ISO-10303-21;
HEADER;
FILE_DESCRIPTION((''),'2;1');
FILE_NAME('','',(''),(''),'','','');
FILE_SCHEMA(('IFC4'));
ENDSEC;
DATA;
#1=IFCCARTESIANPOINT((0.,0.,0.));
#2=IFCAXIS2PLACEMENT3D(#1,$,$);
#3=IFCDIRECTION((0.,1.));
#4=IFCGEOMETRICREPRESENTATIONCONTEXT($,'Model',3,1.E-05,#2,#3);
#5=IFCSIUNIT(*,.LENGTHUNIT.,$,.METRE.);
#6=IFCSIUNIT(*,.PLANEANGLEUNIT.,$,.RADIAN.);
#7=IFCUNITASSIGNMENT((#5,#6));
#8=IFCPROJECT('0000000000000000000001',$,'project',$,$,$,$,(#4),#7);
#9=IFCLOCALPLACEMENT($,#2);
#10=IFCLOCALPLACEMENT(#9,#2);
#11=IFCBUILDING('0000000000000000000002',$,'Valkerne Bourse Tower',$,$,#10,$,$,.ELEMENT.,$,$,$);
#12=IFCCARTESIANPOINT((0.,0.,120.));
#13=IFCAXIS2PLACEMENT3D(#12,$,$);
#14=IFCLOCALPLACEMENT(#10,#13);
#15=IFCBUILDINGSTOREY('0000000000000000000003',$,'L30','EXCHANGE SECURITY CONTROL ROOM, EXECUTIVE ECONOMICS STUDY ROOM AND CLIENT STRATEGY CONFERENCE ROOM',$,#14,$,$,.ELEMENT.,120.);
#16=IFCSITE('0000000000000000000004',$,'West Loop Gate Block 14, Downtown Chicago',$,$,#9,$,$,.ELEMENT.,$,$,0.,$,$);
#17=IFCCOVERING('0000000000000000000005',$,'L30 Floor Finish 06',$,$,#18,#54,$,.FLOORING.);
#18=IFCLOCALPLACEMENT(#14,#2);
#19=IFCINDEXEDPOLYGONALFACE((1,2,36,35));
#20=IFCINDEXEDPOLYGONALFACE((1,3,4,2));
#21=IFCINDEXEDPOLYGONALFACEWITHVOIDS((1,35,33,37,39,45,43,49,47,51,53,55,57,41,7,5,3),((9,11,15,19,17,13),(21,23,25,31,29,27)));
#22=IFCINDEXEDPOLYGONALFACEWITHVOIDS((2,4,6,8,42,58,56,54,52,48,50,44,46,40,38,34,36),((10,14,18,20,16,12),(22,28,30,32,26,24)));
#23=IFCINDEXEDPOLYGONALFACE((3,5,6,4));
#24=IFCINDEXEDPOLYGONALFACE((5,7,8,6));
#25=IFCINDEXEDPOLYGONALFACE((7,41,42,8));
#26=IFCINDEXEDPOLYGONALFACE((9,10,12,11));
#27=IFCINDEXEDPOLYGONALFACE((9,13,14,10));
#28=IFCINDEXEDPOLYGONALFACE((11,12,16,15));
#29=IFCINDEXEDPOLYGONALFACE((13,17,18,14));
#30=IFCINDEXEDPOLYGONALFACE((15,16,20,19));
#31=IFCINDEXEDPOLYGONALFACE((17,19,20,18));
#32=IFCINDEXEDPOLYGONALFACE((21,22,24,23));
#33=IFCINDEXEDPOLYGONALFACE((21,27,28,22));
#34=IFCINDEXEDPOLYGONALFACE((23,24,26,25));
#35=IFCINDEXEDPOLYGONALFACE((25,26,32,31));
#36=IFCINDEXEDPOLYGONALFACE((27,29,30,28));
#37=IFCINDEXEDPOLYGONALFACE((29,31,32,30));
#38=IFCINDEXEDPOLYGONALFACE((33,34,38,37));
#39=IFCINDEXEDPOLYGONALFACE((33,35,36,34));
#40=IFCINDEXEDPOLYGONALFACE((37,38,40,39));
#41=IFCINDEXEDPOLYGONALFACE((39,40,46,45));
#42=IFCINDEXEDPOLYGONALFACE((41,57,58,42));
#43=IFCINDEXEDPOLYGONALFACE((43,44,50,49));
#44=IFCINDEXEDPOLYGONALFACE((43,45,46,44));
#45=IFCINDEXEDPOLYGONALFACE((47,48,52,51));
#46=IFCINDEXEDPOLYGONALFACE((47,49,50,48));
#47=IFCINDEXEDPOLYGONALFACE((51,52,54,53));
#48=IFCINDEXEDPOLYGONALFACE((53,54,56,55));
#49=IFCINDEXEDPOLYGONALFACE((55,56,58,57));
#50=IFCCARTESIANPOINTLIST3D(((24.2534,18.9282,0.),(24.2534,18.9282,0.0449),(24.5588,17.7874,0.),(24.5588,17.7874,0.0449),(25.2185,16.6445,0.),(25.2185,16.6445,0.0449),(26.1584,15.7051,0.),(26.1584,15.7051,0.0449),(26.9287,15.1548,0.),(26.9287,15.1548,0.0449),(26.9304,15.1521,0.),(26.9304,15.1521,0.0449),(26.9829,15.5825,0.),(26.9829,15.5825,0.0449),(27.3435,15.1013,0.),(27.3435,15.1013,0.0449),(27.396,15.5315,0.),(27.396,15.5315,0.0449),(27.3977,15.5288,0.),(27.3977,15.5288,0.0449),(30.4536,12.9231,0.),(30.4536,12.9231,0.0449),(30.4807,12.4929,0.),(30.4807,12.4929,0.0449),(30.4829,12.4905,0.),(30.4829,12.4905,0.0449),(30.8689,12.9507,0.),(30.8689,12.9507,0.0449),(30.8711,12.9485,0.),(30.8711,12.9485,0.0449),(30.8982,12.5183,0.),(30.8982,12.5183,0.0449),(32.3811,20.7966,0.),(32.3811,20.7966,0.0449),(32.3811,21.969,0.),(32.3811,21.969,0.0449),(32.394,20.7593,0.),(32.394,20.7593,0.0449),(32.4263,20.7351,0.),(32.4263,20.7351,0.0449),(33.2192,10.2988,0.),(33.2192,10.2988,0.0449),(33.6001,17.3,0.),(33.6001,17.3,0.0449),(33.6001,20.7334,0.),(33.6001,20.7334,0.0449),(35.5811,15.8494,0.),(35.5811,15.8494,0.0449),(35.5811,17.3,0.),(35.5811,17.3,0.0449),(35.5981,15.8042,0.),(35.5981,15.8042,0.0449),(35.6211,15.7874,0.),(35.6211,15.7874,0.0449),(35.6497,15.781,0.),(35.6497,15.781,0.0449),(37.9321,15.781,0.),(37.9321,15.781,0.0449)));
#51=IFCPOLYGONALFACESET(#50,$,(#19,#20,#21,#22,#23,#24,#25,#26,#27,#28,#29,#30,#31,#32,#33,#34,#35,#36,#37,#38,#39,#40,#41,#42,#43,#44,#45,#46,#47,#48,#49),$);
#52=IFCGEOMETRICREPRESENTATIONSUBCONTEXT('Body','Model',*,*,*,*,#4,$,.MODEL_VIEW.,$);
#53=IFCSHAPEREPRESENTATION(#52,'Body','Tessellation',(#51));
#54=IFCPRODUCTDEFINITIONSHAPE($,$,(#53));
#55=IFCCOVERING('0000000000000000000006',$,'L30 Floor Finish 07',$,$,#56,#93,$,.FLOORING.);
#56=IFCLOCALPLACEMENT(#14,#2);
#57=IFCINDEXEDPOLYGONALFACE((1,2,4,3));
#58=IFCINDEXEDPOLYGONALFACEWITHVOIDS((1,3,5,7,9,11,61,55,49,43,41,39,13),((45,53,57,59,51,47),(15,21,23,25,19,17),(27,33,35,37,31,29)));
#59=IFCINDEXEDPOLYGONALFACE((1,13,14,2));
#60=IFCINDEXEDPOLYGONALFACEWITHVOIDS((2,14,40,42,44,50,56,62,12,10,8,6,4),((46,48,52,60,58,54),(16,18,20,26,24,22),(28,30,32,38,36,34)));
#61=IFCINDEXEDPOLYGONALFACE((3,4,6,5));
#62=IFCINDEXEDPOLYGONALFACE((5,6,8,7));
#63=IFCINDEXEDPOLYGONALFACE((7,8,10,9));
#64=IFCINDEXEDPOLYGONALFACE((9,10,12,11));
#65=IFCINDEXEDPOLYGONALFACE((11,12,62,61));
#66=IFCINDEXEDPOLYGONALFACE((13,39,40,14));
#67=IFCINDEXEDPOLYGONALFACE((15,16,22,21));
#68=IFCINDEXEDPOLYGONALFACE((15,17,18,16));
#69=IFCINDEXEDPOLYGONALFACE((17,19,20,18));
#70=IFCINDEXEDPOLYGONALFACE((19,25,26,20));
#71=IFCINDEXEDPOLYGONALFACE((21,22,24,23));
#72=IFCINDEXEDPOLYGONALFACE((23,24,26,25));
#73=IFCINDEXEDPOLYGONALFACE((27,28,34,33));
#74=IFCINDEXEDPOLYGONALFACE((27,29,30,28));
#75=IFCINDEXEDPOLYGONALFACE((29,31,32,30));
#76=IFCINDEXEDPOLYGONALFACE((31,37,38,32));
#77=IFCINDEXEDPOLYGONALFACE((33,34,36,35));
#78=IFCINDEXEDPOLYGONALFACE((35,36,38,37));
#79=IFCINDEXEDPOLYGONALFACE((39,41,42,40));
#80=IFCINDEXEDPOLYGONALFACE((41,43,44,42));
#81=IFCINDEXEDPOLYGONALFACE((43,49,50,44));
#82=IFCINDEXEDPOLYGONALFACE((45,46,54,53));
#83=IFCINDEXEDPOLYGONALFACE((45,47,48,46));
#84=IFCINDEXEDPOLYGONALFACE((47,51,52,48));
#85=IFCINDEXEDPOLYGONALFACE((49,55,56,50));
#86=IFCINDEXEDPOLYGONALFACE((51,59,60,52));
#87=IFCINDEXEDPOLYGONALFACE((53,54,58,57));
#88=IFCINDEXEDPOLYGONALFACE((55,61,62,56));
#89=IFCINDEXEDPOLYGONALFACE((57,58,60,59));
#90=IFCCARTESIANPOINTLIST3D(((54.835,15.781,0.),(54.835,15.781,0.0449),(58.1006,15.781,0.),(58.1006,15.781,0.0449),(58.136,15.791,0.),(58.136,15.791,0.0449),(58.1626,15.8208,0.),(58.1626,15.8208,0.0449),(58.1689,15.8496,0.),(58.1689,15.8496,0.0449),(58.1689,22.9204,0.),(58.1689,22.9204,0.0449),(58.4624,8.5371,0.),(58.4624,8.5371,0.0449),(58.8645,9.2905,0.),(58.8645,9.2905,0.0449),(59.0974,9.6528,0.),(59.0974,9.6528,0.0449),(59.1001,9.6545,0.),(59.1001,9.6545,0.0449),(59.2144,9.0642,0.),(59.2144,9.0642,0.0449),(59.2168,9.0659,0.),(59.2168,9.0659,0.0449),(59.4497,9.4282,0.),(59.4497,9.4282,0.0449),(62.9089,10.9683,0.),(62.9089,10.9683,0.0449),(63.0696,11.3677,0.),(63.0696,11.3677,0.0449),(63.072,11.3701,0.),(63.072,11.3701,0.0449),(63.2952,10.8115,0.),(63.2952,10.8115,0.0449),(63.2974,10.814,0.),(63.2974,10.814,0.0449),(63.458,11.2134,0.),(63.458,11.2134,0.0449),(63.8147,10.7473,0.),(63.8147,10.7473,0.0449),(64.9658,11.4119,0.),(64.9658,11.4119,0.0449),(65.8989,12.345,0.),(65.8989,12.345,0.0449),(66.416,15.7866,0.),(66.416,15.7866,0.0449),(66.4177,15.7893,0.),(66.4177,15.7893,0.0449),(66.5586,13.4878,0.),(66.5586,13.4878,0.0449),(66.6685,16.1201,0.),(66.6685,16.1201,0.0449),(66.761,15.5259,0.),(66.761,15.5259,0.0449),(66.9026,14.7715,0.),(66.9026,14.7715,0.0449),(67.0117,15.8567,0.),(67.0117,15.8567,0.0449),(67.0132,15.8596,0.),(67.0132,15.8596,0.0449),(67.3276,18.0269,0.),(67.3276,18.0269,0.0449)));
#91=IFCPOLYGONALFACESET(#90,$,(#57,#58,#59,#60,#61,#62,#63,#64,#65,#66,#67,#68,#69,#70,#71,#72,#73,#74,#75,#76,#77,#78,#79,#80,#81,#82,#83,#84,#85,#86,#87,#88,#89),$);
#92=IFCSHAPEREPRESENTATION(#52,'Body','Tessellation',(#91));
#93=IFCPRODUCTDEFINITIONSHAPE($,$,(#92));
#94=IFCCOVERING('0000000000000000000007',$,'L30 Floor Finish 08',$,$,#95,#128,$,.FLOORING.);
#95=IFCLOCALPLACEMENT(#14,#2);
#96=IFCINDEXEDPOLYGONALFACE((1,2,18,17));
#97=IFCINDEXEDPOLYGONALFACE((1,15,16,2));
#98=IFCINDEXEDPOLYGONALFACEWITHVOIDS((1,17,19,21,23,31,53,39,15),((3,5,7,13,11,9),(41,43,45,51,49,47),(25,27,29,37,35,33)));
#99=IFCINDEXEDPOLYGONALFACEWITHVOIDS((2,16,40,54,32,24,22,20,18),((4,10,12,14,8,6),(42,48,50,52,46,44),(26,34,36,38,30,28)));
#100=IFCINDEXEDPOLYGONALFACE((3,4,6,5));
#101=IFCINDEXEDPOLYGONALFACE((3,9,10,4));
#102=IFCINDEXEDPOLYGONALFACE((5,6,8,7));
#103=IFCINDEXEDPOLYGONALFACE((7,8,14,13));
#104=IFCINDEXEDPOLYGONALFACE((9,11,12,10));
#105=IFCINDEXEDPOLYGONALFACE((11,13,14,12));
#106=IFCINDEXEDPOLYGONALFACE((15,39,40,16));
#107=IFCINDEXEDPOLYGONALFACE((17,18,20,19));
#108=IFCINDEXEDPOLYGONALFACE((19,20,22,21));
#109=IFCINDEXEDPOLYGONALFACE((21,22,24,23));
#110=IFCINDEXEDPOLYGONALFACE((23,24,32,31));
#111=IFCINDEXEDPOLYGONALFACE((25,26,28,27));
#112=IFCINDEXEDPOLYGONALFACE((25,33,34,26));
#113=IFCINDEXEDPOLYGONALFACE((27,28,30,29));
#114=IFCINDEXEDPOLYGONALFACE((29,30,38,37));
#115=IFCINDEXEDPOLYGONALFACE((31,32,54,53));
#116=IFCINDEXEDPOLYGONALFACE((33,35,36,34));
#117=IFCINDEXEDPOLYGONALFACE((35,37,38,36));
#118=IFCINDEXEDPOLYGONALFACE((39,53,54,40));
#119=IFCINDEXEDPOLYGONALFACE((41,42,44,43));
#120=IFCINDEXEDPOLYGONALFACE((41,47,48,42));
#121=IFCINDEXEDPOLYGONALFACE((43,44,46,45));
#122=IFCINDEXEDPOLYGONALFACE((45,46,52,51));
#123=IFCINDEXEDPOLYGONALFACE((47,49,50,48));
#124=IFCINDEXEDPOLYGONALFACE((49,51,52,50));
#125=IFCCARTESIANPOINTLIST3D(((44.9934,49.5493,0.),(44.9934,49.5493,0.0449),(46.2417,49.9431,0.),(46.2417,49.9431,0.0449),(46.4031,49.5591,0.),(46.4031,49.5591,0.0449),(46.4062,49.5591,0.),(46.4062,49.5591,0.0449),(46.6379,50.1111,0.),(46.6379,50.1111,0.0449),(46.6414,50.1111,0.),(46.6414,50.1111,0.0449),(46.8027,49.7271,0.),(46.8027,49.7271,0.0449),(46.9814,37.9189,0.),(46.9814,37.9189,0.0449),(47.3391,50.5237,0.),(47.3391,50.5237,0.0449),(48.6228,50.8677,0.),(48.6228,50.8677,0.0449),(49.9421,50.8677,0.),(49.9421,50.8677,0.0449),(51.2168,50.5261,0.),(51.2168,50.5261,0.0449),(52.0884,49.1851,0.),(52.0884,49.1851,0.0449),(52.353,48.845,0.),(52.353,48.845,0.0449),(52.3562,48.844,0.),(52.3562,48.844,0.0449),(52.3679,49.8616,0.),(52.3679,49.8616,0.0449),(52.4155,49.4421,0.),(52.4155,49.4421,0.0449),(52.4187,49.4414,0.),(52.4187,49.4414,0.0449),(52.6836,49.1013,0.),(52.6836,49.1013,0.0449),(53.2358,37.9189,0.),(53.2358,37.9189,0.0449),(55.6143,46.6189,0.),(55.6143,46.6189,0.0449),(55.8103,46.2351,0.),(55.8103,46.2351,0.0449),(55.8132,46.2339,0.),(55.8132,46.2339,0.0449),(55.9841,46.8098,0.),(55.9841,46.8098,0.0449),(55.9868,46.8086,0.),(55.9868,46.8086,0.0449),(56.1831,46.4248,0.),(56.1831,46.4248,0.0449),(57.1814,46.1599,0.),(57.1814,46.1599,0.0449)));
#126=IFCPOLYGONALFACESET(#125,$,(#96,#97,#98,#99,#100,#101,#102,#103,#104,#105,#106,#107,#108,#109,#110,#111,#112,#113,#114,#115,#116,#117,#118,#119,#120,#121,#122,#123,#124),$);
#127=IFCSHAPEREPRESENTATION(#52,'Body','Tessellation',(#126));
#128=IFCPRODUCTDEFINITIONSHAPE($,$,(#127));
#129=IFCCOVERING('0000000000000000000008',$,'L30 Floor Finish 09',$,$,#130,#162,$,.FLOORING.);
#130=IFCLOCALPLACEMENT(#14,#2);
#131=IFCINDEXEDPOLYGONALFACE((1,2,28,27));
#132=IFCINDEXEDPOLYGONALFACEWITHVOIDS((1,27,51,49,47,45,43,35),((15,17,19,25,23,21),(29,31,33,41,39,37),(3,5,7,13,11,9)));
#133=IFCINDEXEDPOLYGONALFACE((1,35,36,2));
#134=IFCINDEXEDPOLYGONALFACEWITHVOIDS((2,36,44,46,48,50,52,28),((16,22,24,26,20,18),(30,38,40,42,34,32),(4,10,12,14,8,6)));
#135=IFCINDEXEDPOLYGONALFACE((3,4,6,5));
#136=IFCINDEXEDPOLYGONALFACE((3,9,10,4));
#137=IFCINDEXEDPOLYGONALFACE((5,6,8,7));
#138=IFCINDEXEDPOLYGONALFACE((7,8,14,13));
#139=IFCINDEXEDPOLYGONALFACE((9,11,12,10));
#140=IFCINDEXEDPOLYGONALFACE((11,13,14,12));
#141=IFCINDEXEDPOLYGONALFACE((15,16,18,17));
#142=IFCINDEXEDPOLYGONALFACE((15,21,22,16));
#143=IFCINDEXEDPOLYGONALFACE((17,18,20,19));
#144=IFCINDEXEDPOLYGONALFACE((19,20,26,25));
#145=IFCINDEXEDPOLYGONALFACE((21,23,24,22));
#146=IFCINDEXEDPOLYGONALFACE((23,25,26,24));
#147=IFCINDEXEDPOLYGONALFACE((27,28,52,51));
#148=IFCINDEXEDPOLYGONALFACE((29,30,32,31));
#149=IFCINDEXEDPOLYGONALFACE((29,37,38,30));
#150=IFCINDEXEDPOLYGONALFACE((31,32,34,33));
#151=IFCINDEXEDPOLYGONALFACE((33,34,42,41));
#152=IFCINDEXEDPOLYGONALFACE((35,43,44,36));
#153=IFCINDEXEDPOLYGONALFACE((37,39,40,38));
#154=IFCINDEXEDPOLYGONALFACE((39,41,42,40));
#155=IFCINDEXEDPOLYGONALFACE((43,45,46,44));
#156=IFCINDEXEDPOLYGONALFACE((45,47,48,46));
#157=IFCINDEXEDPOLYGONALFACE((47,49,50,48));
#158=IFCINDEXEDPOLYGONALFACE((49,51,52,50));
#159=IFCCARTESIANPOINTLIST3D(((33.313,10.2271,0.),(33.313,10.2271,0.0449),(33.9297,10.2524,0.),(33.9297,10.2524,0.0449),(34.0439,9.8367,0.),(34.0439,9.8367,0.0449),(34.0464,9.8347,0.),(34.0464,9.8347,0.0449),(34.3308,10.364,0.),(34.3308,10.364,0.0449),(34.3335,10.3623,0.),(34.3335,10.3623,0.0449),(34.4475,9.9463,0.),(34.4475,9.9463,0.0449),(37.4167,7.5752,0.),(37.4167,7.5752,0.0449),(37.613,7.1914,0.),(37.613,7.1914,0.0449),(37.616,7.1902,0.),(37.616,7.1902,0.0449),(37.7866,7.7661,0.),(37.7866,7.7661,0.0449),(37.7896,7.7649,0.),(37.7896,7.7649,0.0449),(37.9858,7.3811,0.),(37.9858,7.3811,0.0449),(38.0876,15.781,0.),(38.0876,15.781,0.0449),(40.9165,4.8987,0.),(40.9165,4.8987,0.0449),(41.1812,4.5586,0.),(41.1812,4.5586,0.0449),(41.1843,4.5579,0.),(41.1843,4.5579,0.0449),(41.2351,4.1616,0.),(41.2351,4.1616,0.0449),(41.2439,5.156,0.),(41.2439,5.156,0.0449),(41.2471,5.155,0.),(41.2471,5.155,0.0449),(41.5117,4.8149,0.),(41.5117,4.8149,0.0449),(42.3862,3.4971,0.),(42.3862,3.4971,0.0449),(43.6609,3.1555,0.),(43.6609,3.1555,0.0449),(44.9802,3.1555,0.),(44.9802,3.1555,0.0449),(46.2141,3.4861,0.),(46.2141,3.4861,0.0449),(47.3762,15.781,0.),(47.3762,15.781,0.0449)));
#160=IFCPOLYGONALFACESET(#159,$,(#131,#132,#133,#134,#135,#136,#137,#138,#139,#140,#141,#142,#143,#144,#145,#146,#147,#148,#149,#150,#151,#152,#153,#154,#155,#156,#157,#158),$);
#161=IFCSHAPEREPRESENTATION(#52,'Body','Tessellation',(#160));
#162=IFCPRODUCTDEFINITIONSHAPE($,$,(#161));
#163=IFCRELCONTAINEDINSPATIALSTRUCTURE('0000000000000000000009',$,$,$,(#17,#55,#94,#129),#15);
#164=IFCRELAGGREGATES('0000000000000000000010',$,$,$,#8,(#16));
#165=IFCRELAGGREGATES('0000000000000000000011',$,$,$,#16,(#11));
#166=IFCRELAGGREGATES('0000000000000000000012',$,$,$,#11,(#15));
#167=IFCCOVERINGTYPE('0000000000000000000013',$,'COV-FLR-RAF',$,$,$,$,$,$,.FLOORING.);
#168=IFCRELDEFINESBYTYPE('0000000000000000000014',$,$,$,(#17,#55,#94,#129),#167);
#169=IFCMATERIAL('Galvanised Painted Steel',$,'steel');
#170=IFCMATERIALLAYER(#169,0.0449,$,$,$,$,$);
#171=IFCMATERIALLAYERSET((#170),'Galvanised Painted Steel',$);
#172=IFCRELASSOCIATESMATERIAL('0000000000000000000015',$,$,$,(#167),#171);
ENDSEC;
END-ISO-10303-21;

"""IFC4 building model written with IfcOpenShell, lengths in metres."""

from ifc_helpers import new_model, si_unit, direction, frame, origin, place, context, subcontext, project, spatial, polyline, outline, extrude, material, layer, layer_set, type_object, element, save


model = new_model("IFC4")

# Units and contexts
model_context = context("Model", 3, precision=1e-05, world=origin(), true_north=direction((0.0, 1.0)))
body_context = subcontext(model_context, "Body", "Model", "MODEL_VIEW")
ifc_project = project(units=[si_unit("LENGTHUNIT", "METRE"), si_unit("PLANEANGLEUNIT", "RADIAN")], contexts=[model_context])

# Site, building, storey
site_placement = place(None, origin())
site = spatial("IfcSite", under=ifc_project, at=site_placement, Name="West Loop Gate Block 14, Downtown Chicago", CompositionType="ELEMENT", RefElevation=0.0)
building_placement = place(site_placement, origin())
building = spatial("IfcBuilding", under=site, at=building_placement, Name="Valkerne Bourse Tower", CompositionType="ELEMENT")
storey_placement = place(building_placement, frame((0.0, 0.0, 120.0)))
storey = spatial("IfcBuildingStorey", under=building, at=storey_placement, Name="L30", Description="EXCHANGE SECURITY CONTROL ROOM, EXECUTIVE ECONOMICS STUDY ROOM AND CLIENT STRATEGY CONFERENCE ROOM", CompositionType="ELEMENT", Elevation=120.0)

# Coverings
ifc_material_1 = material(Name="Galvanised Painted Steel", Category="steel")
ifc_layer_1 = layer(ifc_material_1, 0.0449)
ifc_layer_set_1 = layer_set([ifc_layer_1], Name="Galvanised Painted Steel")
covering_type_1 = type_object("IfcCoveringType", Name="COV-FLR-RAF", PredefinedType="FLOORING", material=ifc_layer_set_1)
covering_1_placement = place(storey_placement, origin())
element("IfcCovering", 1, at=covering_1_placement, inside=storey, type_object=covering_type_1, Name="L30 Floor Finish 06", PredefinedType="FLOORING", context=body_context, shape_type="SweptSolid", body=[
    extrude(outline(polyline([(24.5588, 17.7874), (24.2534, 18.9282), (32.3811, 21.969), (32.3811, 20.7966), (32.394, 20.7593), (32.4263, 20.7351), (33.6001, 20.7334), (33.6001, 17.3), (35.5811, 17.3), (35.5811, 15.8494), (35.5981, 15.8042), (35.6211, 15.7874), (35.6497, 15.781), (37.9321, 15.781), (33.2192, 10.2988), (26.1584, 15.7051), (25.2185, 16.6445), (24.5588, 17.7874)]), holes=[polyline([(30.8982, 12.5183), (30.8711, 12.9485), (30.8689, 12.9507), (30.4536, 12.9231), (30.4807, 12.4929), (30.4829, 12.4905), (30.8982, 12.5183)]), polyline([(27.3977, 15.5288), (27.396, 15.5315), (26.9829, 15.5825), (26.9287, 15.1548), (26.9304, 15.1521), (27.3435, 15.1013), (27.3977, 15.5288)])]), origin(), (0.0, 0.0, 1.0), 0.0449),
])
covering_2_placement = place(storey_placement, origin())
element("IfcCovering", 2, at=covering_2_placement, inside=storey, type_object=covering_type_1, Name="L30 Floor Finish 07", PredefinedType="FLOORING", context=body_context, shape_type="SweptSolid", body=[
    extrude(outline(polyline([(64.9658, 11.4119), (63.8147, 10.7473), (58.4624, 8.5371), (54.835, 15.781), (58.1006, 15.781), (58.136, 15.791), (58.1626, 15.8208), (58.1689, 15.8496), (58.1689, 22.9204), (67.3276, 18.0269), (66.9026, 14.7715), (66.5586, 13.4878), (65.8989, 12.345), (64.9658, 11.4119)]), holes=[polyline([(59.2168, 9.0659), (59.4497, 9.4282), (59.1001, 9.6545), (59.0974, 9.6528), (58.8645, 9.2905), (59.2144, 9.0642), (59.2168, 9.0659)]), polyline([(63.458, 11.2134), (63.072, 11.3701), (63.0696, 11.3677), (62.9089, 10.9683), (63.2952, 10.8115), (63.2974, 10.814), (63.458, 11.2134)]), polyline([(67.0132, 15.8596), (66.6685, 16.1201), (66.4177, 15.7893), (66.416, 15.7866), (66.761, 15.5259), (67.0117, 15.8567), (67.0132, 15.8596)])]), origin(), (0.0, 0.0, 1.0), 0.0449),
])
covering_3_placement = place(storey_placement, origin())
element("IfcCovering", 3, at=covering_3_placement, inside=storey, type_object=covering_type_1, Name="L30 Floor Finish 08", PredefinedType="FLOORING", context=body_context, shape_type="SweptSolid", body=[
    extrude(outline(polyline([(49.9421, 50.8677), (51.2168, 50.5261), (52.3679, 49.8616), (57.1814, 46.1599), (53.2358, 37.9189), (46.9814, 37.9189), (44.9934, 49.5493), (47.3391, 50.5237), (48.6228, 50.8677), (49.9421, 50.8677)]), holes=[polyline([(52.4187, 49.4414), (52.4155, 49.4421), (52.0884, 49.1851), (52.353, 48.845), (52.3562, 48.844), (52.6836, 49.1013), (52.4187, 49.4414)]), polyline([(46.8027, 49.7271), (46.6414, 50.1111), (46.6379, 50.1111), (46.2417, 49.9431), (46.4031, 49.5591), (46.4062, 49.5591), (46.8027, 49.7271)]), polyline([(56.1831, 46.4248), (55.9868, 46.8086), (55.9841, 46.8098), (55.6143, 46.6189), (55.8103, 46.2351), (55.8132, 46.2339), (56.1831, 46.4248)])]), origin(), (0.0, 0.0, 1.0), 0.0449),
])
covering_4_placement = place(storey_placement, origin())
element("IfcCovering", 4, at=covering_4_placement, inside=storey, type_object=covering_type_1, Name="L30 Floor Finish 09", PredefinedType="FLOORING", context=body_context, shape_type="SweptSolid", body=[
    extrude(outline(polyline([(42.3862, 3.4971), (41.2351, 4.1616), (33.313, 10.2271), (38.0876, 15.781), (47.3762, 15.781), (46.2141, 3.4861), (44.9802, 3.1555), (43.6609, 3.1555), (42.3862, 3.4971)]), holes=[polyline([(37.7896, 7.7649), (37.7866, 7.7661), (37.4167, 7.5752), (37.613, 7.1914), (37.616, 7.1902), (37.9858, 7.3811), (37.7896, 7.7649)]), polyline([(34.3335, 10.3623), (34.3308, 10.364), (33.9297, 10.2524), (34.0439, 9.8367), (34.0464, 9.8347), (34.4475, 9.9463), (34.3335, 10.3623)]), polyline([(41.2471, 5.155), (41.2439, 5.156), (40.9165, 4.8987), (41.1812, 4.5586), (41.1843, 4.5579), (41.5117, 4.8149), (41.2471, 5.155)])]), origin(), (0.0, 0.0, 1.0), 0.0449),
])

save(model, "model.ifc")
